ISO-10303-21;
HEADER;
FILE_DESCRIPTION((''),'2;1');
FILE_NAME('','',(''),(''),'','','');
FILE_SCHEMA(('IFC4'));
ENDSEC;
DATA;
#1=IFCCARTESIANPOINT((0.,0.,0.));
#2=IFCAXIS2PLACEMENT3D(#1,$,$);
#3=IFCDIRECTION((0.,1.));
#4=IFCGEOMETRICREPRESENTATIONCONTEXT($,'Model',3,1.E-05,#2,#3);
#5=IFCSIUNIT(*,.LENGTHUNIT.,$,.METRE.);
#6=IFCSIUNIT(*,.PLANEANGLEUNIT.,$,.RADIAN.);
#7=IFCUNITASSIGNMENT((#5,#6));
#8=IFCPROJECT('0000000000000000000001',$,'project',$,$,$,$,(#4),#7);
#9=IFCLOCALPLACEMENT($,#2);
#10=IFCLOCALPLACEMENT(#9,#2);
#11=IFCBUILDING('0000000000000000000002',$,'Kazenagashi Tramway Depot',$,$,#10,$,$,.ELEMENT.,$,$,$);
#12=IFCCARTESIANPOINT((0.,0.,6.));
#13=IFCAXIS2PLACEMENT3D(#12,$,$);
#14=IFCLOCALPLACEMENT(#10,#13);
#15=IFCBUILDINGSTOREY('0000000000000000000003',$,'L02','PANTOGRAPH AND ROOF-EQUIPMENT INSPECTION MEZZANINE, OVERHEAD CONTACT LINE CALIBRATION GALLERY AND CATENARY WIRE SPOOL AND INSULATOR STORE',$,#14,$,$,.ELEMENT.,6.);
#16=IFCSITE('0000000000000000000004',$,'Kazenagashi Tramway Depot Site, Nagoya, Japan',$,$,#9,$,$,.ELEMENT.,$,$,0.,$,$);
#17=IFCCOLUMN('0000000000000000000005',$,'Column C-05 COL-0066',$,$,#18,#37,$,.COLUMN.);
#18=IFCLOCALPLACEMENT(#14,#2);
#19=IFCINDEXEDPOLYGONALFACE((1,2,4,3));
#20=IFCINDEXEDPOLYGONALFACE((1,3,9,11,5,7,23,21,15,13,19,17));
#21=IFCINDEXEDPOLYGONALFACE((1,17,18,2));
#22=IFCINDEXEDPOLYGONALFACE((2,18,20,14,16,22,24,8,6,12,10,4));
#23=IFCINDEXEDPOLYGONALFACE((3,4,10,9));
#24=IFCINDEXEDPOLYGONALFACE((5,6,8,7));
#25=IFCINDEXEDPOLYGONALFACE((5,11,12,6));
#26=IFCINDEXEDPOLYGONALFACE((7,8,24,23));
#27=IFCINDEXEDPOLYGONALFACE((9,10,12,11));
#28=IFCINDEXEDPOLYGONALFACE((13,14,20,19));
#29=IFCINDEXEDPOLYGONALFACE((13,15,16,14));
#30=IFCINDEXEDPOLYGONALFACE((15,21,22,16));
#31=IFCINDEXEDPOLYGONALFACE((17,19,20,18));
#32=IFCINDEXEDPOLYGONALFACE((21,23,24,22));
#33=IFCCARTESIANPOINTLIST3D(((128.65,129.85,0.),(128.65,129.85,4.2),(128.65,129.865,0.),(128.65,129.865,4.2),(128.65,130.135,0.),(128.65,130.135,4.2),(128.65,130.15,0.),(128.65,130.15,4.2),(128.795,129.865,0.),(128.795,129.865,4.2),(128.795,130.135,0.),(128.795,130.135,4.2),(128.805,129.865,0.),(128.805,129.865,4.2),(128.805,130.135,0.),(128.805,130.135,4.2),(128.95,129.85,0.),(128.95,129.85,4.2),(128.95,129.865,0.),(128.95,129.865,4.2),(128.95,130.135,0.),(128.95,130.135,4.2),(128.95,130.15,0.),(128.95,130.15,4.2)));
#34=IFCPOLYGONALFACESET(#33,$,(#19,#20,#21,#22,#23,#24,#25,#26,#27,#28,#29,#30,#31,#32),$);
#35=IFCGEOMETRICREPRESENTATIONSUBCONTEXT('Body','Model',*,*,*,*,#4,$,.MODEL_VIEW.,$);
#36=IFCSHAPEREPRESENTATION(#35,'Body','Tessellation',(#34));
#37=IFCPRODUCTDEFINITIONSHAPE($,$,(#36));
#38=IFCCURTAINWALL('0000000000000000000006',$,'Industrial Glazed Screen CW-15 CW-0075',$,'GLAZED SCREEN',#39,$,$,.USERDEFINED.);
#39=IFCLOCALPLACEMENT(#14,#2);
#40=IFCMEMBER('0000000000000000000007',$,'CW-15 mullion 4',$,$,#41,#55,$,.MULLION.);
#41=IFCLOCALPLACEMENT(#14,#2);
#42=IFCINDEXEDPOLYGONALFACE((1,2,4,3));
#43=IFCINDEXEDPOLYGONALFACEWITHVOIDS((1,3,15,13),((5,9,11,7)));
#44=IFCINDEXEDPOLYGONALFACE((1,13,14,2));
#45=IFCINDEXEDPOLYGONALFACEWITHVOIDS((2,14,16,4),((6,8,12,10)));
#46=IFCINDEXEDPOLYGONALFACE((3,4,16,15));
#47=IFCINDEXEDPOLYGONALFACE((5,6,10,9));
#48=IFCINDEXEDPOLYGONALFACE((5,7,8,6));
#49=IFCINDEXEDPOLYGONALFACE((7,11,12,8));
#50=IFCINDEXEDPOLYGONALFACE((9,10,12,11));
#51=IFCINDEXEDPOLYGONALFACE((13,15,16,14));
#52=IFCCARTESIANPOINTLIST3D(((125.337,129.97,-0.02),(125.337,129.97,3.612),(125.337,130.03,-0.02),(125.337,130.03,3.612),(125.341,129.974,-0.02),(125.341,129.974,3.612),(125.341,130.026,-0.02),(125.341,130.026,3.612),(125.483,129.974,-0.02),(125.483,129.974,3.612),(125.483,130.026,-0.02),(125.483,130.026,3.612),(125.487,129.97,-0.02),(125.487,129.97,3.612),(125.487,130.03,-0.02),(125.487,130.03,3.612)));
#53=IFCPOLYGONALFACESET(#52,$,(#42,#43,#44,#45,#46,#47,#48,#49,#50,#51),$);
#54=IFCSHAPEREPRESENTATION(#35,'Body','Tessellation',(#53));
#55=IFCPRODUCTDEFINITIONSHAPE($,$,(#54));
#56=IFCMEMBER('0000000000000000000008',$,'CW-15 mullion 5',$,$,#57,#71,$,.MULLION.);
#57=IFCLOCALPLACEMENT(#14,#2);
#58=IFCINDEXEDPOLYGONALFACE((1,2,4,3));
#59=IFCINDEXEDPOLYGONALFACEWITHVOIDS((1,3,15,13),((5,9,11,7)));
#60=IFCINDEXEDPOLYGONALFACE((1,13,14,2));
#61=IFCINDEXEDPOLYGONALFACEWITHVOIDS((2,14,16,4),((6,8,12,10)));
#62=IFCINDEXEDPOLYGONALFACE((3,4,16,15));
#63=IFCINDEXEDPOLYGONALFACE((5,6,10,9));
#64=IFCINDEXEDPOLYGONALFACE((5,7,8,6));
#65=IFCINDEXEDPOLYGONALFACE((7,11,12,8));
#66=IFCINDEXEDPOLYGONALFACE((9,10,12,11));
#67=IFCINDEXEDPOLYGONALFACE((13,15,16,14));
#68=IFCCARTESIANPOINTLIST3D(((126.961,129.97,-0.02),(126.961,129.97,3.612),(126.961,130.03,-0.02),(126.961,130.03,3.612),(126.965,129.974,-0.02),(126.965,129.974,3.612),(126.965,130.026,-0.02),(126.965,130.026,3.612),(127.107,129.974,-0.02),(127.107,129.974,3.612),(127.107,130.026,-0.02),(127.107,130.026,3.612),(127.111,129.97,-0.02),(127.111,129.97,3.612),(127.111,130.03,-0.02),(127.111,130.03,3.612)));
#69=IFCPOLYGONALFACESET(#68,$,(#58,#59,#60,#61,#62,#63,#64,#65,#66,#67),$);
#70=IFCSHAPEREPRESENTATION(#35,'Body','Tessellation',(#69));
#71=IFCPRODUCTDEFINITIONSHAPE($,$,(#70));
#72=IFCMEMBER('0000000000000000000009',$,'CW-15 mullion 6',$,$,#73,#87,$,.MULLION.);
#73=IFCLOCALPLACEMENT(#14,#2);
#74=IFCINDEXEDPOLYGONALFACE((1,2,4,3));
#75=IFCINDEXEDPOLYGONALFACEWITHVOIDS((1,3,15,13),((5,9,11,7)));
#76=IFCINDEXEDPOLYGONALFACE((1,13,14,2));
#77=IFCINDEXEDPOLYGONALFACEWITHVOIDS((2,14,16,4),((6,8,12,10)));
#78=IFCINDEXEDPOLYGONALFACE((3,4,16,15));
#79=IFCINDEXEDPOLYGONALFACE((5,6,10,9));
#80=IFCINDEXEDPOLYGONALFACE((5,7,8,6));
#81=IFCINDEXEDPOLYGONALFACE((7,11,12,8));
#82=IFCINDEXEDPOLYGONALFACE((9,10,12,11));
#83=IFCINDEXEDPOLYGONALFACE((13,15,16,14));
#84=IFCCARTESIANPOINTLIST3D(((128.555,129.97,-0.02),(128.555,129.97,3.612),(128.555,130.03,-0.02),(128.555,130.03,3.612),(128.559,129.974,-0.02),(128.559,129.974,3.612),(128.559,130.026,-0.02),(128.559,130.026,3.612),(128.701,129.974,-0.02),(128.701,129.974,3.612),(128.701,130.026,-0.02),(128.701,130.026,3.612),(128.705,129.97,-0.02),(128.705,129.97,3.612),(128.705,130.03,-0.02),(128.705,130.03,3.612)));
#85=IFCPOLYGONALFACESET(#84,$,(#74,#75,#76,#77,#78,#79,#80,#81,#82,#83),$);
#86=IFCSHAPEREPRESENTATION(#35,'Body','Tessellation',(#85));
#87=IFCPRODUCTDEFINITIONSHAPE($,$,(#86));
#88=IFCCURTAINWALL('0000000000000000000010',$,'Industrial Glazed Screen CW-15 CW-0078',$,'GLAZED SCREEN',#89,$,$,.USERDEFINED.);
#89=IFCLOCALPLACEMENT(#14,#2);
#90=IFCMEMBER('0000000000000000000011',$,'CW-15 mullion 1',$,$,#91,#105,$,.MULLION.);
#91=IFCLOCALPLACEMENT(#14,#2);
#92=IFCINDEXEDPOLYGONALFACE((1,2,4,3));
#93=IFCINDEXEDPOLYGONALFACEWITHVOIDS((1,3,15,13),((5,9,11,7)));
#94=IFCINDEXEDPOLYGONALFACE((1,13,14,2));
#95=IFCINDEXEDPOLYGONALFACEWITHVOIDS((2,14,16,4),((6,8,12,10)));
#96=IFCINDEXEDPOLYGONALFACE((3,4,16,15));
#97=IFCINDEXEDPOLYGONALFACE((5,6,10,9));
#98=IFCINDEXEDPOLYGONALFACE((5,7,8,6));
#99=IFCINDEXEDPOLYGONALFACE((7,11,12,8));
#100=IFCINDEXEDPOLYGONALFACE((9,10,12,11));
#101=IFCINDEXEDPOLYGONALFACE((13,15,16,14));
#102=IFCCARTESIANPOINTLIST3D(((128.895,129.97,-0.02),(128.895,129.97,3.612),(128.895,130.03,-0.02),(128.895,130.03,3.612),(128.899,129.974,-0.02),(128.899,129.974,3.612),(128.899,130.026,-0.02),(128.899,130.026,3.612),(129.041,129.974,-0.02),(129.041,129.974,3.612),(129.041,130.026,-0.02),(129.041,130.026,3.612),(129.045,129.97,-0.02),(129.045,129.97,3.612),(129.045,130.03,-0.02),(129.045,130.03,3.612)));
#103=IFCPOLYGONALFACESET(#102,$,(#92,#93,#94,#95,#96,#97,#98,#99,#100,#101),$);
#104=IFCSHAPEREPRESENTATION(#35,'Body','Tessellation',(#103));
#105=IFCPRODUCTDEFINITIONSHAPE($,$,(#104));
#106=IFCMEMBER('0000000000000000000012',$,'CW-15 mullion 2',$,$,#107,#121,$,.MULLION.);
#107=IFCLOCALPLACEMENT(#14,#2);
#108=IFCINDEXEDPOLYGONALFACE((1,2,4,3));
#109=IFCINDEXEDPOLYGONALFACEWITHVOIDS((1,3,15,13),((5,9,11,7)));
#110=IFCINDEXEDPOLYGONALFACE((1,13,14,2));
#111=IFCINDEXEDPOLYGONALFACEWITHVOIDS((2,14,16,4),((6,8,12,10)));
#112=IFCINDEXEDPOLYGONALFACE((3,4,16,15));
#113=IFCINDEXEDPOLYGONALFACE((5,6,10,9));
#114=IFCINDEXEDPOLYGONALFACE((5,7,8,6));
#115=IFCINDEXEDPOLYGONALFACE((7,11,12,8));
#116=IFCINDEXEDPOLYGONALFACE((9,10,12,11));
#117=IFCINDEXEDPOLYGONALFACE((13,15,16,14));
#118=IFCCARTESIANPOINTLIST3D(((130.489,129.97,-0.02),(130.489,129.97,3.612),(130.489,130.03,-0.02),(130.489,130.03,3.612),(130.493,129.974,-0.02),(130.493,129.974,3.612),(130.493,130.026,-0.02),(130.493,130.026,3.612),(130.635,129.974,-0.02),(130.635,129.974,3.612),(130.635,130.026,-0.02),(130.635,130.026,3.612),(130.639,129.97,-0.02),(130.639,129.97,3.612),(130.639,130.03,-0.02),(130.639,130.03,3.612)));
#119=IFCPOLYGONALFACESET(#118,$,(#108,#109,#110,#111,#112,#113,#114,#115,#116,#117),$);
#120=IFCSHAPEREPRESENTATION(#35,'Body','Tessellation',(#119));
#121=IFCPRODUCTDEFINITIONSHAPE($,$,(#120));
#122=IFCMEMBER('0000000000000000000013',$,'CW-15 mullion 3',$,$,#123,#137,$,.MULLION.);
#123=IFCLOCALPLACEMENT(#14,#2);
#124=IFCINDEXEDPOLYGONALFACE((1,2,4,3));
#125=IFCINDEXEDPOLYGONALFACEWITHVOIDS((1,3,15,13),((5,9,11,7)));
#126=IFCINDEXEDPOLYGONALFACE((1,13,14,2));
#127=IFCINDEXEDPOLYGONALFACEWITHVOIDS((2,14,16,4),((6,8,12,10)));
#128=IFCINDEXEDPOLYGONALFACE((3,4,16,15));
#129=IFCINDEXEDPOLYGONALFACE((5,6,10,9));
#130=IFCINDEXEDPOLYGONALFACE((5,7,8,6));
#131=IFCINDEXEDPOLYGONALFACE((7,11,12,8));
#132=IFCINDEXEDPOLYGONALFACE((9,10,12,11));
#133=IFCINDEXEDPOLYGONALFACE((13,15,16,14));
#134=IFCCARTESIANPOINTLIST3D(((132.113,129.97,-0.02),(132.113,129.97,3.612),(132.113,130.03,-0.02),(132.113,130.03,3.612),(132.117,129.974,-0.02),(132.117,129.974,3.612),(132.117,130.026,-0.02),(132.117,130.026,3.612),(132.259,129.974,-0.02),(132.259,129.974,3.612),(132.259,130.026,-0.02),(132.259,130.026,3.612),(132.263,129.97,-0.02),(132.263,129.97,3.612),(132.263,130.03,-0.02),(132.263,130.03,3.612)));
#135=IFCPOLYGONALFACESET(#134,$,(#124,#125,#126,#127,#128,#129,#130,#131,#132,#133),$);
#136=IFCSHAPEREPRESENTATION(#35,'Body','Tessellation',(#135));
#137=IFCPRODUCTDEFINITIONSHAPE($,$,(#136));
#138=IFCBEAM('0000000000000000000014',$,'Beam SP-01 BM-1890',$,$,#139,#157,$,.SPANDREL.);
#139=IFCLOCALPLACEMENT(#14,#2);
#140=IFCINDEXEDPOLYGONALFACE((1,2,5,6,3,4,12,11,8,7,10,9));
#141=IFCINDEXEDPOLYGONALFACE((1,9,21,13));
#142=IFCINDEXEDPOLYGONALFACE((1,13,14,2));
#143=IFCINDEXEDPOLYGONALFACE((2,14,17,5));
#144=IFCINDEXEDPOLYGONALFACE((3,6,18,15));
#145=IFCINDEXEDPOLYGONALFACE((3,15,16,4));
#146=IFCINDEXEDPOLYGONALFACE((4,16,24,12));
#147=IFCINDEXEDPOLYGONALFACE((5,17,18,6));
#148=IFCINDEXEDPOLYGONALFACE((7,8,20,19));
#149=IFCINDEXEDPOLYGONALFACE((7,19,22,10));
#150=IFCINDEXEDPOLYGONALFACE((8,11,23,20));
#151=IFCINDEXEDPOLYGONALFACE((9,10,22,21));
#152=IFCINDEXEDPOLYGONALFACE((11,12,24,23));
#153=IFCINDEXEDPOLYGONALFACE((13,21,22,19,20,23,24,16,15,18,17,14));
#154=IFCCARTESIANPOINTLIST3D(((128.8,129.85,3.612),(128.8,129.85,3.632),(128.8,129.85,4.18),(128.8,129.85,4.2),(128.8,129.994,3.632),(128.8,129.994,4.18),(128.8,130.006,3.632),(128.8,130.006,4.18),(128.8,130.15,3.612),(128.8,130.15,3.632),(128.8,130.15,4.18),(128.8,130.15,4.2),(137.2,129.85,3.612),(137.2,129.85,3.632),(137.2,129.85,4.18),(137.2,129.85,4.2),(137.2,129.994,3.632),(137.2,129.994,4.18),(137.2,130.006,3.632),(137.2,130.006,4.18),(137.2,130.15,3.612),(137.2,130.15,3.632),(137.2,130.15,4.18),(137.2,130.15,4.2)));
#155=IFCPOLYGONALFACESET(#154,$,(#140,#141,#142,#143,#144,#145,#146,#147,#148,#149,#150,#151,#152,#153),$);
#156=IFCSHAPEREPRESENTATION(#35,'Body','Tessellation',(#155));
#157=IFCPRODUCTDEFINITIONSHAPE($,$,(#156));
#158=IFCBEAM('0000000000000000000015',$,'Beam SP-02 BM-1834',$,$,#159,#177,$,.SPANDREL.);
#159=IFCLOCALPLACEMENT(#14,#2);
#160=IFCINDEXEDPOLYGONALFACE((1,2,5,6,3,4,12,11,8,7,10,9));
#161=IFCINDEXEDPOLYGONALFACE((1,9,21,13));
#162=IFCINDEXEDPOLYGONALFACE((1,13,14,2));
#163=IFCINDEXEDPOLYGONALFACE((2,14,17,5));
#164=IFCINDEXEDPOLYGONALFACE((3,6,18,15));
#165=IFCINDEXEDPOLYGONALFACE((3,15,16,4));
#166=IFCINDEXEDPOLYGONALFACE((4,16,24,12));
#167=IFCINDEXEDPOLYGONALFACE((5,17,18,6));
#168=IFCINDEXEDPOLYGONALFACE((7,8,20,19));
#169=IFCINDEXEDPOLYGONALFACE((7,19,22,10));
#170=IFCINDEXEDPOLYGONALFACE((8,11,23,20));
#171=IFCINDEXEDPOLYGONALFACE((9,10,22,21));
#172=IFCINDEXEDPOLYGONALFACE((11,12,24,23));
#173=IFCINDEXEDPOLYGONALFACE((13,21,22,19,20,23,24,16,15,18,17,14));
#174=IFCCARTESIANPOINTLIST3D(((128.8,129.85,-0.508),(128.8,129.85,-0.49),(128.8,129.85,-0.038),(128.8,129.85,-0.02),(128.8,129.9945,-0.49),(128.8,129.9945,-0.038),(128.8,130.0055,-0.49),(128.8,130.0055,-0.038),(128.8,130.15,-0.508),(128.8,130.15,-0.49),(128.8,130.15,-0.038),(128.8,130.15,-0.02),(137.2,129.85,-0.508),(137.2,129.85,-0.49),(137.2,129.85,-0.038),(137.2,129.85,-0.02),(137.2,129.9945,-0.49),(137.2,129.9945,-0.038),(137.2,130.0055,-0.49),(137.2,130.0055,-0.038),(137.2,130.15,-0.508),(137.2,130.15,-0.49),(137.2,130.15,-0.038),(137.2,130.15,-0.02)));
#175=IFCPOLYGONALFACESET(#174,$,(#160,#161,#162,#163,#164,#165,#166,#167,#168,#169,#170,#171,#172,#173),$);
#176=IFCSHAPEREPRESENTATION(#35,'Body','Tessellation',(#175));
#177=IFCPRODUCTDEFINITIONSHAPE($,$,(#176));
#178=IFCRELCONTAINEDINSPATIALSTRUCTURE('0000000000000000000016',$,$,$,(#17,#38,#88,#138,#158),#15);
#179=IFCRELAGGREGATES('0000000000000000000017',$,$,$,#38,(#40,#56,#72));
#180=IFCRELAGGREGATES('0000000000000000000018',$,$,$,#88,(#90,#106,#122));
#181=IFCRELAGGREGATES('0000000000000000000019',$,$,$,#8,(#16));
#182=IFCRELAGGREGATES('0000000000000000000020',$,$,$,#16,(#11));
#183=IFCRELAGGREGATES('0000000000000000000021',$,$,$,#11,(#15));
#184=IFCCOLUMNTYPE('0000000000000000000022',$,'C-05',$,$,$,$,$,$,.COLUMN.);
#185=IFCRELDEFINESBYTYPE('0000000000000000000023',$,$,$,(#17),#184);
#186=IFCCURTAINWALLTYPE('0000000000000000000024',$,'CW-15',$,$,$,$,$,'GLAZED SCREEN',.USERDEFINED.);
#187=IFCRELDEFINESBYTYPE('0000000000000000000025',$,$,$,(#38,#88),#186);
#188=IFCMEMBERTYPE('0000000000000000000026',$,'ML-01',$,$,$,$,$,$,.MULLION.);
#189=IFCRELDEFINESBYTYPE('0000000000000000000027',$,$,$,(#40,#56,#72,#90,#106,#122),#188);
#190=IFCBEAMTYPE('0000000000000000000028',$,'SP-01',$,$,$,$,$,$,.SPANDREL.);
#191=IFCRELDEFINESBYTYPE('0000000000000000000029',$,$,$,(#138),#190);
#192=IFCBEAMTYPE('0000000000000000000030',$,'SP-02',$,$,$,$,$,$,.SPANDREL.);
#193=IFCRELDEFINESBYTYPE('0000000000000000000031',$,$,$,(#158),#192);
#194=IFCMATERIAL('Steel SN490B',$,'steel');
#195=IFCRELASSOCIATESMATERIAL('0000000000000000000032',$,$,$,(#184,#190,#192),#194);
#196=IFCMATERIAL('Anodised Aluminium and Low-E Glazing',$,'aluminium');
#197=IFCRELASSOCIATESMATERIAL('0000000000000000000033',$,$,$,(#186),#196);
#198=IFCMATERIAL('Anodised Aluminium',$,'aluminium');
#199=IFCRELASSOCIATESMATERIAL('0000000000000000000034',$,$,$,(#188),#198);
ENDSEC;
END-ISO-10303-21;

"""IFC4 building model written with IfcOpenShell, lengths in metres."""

from ifc_helpers import new_model, si_unit, direction, frame, origin, origin_2d, place, context, subcontext, project, spatial, hollow_rectangle, i_section, extrude, material, material_profile, profile_set, type_object, element, aggregate, save


model = new_model("IFC4")

# Units and contexts
model_context = context("Model", 3, precision=1e-05, world=origin(), true_north=direction((0.0, 1.0)))
body_context = subcontext(model_context, "Body", "Model", "MODEL_VIEW")
ifc_project = project(units=[si_unit("LENGTHUNIT", "METRE"), si_unit("PLANEANGLEUNIT", "RADIAN")], contexts=[model_context])

# Site, building, storey
site_placement = place(None, origin())
site = spatial("IfcSite", under=ifc_project, at=site_placement, Name="Kazenagashi Tramway Depot Site, Nagoya, Japan", CompositionType="ELEMENT", RefElevation=0.0)
building_placement = place(site_placement, origin())
building = spatial("IfcBuilding", under=site, at=building_placement, Name="Kazenagashi Tramway Depot", CompositionType="ELEMENT")
storey_placement = place(building_placement, frame((0.0, 0.0, 6.0)))
storey = spatial("IfcBuildingStorey", under=building, at=storey_placement, Name="L02", Description="PANTOGRAPH AND ROOF-EQUIPMENT INSPECTION MEZZANINE, OVERHEAD CONTACT LINE CALIBRATION GALLERY AND CATENARY WIRE SPOOL AND INSULATOR STORE", CompositionType="ELEMENT", Elevation=6.0)

# Column
ifc_material_1 = material(Name="Steel SN490B", Category="steel")
ifc_material_profile_1 = material_profile(ifc_material_1, i_section(OverallWidth=0.3, OverallDepth=0.3, WebThickness=0.01, FlangeThickness=0.015, at=origin_2d()), Name="H-300x300x10x15")
ifc_profile_set_1 = profile_set([ifc_material_profile_1], Name="Steel SN490B")
column_type = type_object("IfcColumnType", Name="C-05", PredefinedType="COLUMN", material=ifc_profile_set_1)
column_placement = place(storey_placement, frame((128.8, 130.0, 0.0), z_axis=(0.0, 0.0, 1.0), x_axis=(1.0, 0.0, 0.0)))
element("IfcColumn", 1, at=column_placement, inside=storey, type_object=column_type, Name="Column C-05 COL-0066", PredefinedType="COLUMN", context=body_context, shape_type="SweptSolid", body=[
    extrude(i_section(OverallWidth=0.3, OverallDepth=0.3, WebThickness=0.01, FlangeThickness=0.015, at=origin_2d()), origin(), (0.0, 0.0, 1.0), 4.2),
])

# Curtain walls, members
ifc_material_2 = material(Name="Anodised Aluminium and Low-E Glazing", Category="aluminium")
curtain_wall_type = type_object("IfcCurtainWallType", Name="CW-15", ElementType="GLAZED SCREEN", PredefinedType="USERDEFINED", material=ifc_material_2)
curtain_wall_1_placement = place(storey_placement, origin())
curtain_wall_1 = element("IfcCurtainWall", 2, at=curtain_wall_1_placement, inside=storey, type_object=curtain_wall_type, Name="Industrial Glazed Screen CW-15 CW-0075", ObjectType="GLAZED SCREEN", PredefinedType="USERDEFINED")
ifc_material_3 = material(Name="Anodised Aluminium", Category="aluminium")
ifc_material_profile_2 = material_profile(ifc_material_3, hollow_rectangle(XDim=0.06, YDim=0.15, WallThickness=0.004, at=origin_2d()), Name="RHS-150x60x4")
ifc_profile_set_2 = profile_set([ifc_material_profile_2], Name="Anodised Aluminium")
member_type_1 = type_object("IfcMemberType", Name="ML-01", PredefinedType="MULLION", material=ifc_profile_set_2)
member_1_placement = place(storey_placement, frame((125.412, 130.0, -0.02), z_axis=(0.0, 0.0, 1.0), x_axis=(0.0, 1.0, 0.0)))
member_1 = element("IfcMember", 3, at=member_1_placement, type_object=member_type_1, Name="CW-15 mullion 4", PredefinedType="MULLION", context=body_context, shape_type="SweptSolid", body=[
    extrude(hollow_rectangle(XDim=0.06, YDim=0.15, WallThickness=0.004, at=origin_2d()), origin(), (0.0, 0.0, 1.0), 3.632),
])
member_2_placement = place(storey_placement, frame((127.036, 130.0, -0.02), z_axis=(0.0, 0.0, 1.0), x_axis=(0.0, 1.0, 0.0)))
member_2 = element("IfcMember", 4, at=member_2_placement, type_object=member_type_1, Name="CW-15 mullion 5", PredefinedType="MULLION", context=body_context, shape_type="SweptSolid", body=[
    extrude(hollow_rectangle(XDim=0.06, YDim=0.15, WallThickness=0.004, at=origin_2d()), origin(), (0.0, 0.0, 1.0), 3.632),
])
member_3_placement = place(storey_placement, frame((128.63, 130.0, -0.02), z_axis=(0.0, 0.0, 1.0), x_axis=(0.0, 1.0, 0.0)))
member_3 = element("IfcMember", 5, at=member_3_placement, type_object=member_type_1, Name="CW-15 mullion 6", PredefinedType="MULLION", context=body_context, shape_type="SweptSolid", body=[
    extrude(hollow_rectangle(XDim=0.06, YDim=0.15, WallThickness=0.004, at=origin_2d()), origin(), (0.0, 0.0, 1.0), 3.632),
])
curtain_wall_2_placement = place(storey_placement, origin())
curtain_wall_2 = element("IfcCurtainWall", 6, at=curtain_wall_2_placement, inside=storey, type_object=curtain_wall_type, Name="Industrial Glazed Screen CW-15 CW-0078", ObjectType="GLAZED SCREEN", PredefinedType="USERDEFINED")
member_4_placement = place(storey_placement, frame((128.97, 130.0, -0.02), z_axis=(0.0, 0.0, 1.0), x_axis=(0.0, 1.0, 0.0)))
member_4 = element("IfcMember", 7, at=member_4_placement, type_object=member_type_1, Name="CW-15 mullion 1", PredefinedType="MULLION", context=body_context, shape_type="SweptSolid", body=[
    extrude(hollow_rectangle(XDim=0.06, YDim=0.15, WallThickness=0.004, at=origin_2d()), origin(), (0.0, 0.0, 1.0), 3.632),
])
member_5_placement = place(storey_placement, frame((130.564, 130.0, -0.02), z_axis=(0.0, 0.0, 1.0), x_axis=(0.0, 1.0, 0.0)))
member_5 = element("IfcMember", 8, at=member_5_placement, type_object=member_type_1, Name="CW-15 mullion 2", PredefinedType="MULLION", context=body_context, shape_type="SweptSolid", body=[
    extrude(hollow_rectangle(XDim=0.06, YDim=0.15, WallThickness=0.004, at=origin_2d()), origin(), (0.0, 0.0, 1.0), 3.632),
])
member_6_placement = place(storey_placement, frame((132.188, 130.0, -0.02), z_axis=(0.0, 0.0, 1.0), x_axis=(0.0, 1.0, 0.0)))
member_6 = element("IfcMember", 9, at=member_6_placement, type_object=member_type_1, Name="CW-15 mullion 3", PredefinedType="MULLION", context=body_context, shape_type="SweptSolid", body=[
    extrude(hollow_rectangle(XDim=0.06, YDim=0.15, WallThickness=0.004, at=origin_2d()), origin(), (0.0, 0.0, 1.0), 3.632),
])

# Beams
ifc_material_profile_3 = material_profile(ifc_material_1, i_section(OverallWidth=0.3, OverallDepth=0.588, WebThickness=0.012, FlangeThickness=0.02, at=origin_2d()), Name="H-588x300x12x20")
ifc_profile_set_3 = profile_set([ifc_material_profile_3], Name="Steel SN490B")
beam_type_1 = type_object("IfcBeamType", Name="SP-01", PredefinedType="SPANDREL", material=ifc_profile_set_3)
beam_1_placement = place(storey_placement, frame((128.8, 130.0, 3.906), z_axis=(1.0, 0.0, 0.0), x_axis=(0.0, 1.0, 0.0)))
element("IfcBeam", 10, at=beam_1_placement, inside=storey, type_object=beam_type_1, Name="Beam SP-01 BM-1890", PredefinedType="SPANDREL", context=body_context, shape_type="SweptSolid", body=[
    extrude(i_section(OverallWidth=0.3, OverallDepth=0.588, WebThickness=0.012, FlangeThickness=0.02, at=origin_2d()), origin(), (0.0, 0.0, 1.0), 8.4),
])
ifc_material_profile_4 = material_profile(ifc_material_1, i_section(OverallWidth=0.3, OverallDepth=0.488, WebThickness=0.011, FlangeThickness=0.018, at=origin_2d()), Name="H-488x300x11x18")
ifc_profile_set_4 = profile_set([ifc_material_profile_4], Name="Steel SN490B")
beam_type_2 = type_object("IfcBeamType", Name="SP-02", PredefinedType="SPANDREL", material=ifc_profile_set_4)
beam_2_placement = place(storey_placement, frame((128.8, 130.0, -0.264), z_axis=(1.0, 0.0, 0.0), x_axis=(0.0, 1.0, 0.0)))
element("IfcBeam", 11, at=beam_2_placement, inside=storey, type_object=beam_type_2, Name="Beam SP-02 BM-1834", PredefinedType="SPANDREL", context=body_context, shape_type="SweptSolid", body=[
    extrude(i_section(OverallWidth=0.3, OverallDepth=0.488, WebThickness=0.011, FlangeThickness=0.018, at=origin_2d()), origin(), (0.0, 0.0, 1.0), 8.4),
])

aggregate(curtain_wall_1, [member_1, member_2, member_3])
aggregate(curtain_wall_2, [member_4, member_5, member_6])

save(model, "model.ifc")
